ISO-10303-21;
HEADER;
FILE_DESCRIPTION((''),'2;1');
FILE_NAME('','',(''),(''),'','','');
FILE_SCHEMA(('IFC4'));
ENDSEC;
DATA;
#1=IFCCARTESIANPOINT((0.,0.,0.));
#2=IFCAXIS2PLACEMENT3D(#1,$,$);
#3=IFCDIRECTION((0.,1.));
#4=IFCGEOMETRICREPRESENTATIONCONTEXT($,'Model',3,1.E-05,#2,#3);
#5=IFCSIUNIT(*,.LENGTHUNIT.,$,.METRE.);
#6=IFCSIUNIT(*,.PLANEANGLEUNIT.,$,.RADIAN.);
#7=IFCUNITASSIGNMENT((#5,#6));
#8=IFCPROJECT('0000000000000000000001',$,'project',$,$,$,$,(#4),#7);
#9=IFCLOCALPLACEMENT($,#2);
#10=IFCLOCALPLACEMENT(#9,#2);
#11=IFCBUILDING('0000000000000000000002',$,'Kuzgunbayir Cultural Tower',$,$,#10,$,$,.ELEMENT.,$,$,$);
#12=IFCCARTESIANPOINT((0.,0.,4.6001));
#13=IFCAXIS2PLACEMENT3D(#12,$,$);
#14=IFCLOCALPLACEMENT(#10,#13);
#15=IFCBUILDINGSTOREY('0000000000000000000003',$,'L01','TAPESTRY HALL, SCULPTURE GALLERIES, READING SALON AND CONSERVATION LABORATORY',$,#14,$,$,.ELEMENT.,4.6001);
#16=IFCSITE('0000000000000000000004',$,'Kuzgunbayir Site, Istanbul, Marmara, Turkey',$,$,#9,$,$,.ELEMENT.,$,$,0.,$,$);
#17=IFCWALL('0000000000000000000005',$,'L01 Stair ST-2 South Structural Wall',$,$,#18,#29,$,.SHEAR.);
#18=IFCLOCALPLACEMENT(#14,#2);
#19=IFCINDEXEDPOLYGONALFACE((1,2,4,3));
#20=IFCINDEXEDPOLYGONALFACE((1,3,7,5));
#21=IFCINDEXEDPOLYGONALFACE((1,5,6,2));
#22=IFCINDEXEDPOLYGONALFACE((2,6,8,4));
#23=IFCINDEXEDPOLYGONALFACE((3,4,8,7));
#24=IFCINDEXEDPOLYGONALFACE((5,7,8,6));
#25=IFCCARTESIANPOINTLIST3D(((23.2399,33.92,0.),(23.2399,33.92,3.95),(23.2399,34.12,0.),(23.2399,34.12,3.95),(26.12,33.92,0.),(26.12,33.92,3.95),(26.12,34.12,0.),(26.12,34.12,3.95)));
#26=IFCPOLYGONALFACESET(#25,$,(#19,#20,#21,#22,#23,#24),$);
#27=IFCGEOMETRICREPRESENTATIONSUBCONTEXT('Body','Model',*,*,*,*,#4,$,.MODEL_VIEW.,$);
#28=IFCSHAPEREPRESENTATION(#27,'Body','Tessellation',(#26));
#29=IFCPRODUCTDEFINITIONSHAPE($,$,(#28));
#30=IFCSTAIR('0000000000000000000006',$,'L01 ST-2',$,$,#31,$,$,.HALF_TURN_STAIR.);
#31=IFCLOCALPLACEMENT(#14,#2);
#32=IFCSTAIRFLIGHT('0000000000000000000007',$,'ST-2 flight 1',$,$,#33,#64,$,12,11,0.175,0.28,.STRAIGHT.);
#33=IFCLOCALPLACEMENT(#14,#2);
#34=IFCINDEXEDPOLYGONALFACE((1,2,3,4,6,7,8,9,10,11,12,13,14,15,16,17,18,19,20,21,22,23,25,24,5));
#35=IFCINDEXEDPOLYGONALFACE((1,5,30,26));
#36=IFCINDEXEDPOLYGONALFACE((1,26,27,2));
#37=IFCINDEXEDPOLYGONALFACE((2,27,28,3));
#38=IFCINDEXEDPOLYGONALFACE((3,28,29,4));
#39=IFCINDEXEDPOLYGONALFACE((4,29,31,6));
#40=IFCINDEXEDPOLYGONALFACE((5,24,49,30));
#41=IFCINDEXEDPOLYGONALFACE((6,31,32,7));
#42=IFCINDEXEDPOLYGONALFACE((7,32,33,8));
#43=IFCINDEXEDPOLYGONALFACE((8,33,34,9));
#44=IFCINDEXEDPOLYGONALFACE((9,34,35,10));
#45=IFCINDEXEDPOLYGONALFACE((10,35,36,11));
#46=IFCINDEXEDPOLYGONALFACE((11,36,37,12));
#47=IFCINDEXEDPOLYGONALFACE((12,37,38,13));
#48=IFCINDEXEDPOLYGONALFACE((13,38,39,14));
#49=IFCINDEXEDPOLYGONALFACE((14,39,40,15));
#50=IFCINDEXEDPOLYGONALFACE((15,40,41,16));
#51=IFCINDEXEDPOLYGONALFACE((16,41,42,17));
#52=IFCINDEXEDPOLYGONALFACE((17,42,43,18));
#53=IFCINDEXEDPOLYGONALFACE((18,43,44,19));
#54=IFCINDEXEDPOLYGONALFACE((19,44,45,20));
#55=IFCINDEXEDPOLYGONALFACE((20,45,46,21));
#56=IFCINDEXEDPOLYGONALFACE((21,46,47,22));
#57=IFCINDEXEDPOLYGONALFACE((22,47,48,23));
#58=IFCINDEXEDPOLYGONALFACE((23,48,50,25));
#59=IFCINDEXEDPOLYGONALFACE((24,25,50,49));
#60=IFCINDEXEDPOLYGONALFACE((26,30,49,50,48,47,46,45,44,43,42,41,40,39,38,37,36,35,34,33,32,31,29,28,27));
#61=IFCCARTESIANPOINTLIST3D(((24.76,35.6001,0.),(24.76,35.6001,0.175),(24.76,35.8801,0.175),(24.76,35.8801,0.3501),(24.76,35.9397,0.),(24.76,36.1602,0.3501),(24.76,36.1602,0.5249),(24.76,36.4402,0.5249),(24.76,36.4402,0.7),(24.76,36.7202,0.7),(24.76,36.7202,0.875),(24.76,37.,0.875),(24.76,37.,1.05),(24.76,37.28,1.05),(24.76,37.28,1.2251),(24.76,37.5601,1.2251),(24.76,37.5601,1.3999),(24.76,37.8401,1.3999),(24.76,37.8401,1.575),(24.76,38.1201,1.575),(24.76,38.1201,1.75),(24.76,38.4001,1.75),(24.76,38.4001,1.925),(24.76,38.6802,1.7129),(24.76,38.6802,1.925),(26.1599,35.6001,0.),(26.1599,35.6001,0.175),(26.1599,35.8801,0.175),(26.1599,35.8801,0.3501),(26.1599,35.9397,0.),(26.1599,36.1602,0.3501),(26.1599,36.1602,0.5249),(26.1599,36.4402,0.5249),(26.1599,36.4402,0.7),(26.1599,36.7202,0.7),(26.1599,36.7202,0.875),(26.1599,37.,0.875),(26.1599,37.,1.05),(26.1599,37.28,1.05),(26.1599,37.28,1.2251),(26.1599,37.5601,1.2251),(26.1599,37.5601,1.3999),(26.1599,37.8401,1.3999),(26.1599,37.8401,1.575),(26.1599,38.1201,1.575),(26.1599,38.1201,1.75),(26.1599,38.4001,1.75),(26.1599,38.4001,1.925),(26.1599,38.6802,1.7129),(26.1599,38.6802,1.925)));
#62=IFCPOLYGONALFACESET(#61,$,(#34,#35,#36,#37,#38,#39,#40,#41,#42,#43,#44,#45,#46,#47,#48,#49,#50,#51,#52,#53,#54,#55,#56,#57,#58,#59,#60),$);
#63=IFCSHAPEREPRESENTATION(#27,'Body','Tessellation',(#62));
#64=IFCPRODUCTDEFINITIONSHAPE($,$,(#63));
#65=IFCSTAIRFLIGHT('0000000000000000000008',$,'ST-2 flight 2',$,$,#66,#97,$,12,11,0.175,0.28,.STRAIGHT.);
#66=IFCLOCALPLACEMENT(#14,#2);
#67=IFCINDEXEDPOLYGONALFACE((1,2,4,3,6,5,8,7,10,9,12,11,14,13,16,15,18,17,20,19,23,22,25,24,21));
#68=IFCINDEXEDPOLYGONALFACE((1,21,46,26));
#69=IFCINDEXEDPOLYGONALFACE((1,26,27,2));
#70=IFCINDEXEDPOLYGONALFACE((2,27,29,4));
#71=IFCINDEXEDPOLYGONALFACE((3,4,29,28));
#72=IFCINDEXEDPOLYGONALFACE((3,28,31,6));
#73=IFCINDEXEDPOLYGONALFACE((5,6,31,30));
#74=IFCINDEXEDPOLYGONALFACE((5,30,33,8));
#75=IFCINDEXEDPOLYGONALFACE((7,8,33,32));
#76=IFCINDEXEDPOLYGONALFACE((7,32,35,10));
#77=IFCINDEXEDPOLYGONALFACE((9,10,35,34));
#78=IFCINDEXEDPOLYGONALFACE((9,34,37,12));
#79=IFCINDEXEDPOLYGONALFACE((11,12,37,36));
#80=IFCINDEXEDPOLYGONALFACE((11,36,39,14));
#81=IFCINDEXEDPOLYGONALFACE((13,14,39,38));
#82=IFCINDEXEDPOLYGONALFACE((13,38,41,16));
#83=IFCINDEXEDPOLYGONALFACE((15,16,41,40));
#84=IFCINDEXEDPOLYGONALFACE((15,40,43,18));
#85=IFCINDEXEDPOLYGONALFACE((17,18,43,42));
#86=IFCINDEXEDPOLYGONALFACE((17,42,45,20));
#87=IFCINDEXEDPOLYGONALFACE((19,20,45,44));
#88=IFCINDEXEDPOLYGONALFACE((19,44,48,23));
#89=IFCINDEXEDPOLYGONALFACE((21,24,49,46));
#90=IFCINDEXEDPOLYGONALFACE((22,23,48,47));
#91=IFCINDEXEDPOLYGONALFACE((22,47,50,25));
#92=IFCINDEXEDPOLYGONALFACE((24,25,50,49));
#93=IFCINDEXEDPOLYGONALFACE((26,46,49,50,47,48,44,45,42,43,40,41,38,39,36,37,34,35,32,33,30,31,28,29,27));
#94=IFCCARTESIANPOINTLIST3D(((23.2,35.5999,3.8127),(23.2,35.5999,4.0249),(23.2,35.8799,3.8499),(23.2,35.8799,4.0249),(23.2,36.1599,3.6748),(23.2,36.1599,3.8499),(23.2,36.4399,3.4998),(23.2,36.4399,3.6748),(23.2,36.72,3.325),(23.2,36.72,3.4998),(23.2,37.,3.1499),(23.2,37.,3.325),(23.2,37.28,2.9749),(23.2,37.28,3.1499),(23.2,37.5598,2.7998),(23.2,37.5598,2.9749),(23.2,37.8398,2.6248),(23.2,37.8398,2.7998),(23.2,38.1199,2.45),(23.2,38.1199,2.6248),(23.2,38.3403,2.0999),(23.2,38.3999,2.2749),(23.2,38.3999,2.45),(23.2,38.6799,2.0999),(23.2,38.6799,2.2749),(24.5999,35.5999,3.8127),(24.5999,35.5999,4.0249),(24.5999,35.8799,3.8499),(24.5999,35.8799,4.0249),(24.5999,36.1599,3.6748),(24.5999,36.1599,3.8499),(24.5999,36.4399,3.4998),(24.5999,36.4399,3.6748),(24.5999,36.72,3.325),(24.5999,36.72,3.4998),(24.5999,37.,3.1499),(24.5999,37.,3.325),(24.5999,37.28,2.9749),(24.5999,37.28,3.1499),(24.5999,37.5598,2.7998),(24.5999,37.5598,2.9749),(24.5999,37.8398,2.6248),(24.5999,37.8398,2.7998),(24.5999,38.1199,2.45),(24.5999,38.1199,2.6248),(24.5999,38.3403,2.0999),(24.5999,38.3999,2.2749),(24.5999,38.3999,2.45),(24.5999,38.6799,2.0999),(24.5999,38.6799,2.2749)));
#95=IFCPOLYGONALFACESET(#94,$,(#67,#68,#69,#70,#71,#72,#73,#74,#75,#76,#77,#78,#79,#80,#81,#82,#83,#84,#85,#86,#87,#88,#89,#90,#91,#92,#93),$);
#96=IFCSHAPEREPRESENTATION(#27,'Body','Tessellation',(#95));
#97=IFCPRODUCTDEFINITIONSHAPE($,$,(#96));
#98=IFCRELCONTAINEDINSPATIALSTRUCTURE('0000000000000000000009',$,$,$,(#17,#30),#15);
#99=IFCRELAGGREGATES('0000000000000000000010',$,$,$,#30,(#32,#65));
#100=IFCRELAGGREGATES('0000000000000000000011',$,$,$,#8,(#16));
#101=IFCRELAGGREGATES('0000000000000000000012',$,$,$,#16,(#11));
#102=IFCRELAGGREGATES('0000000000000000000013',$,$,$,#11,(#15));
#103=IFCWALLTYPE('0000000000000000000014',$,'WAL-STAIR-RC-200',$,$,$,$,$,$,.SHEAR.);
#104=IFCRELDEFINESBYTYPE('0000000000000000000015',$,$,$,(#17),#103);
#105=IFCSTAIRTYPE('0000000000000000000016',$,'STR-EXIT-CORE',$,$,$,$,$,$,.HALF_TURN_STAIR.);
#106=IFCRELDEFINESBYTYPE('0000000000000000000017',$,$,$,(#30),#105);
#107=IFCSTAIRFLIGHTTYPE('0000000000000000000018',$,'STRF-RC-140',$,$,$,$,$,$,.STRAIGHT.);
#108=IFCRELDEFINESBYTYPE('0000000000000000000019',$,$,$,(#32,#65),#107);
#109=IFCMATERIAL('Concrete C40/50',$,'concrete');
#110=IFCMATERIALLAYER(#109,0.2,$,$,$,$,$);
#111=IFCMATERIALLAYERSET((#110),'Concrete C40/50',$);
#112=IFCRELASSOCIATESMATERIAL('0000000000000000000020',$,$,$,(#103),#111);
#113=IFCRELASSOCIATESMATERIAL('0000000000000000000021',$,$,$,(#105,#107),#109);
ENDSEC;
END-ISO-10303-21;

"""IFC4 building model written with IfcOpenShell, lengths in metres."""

from ifc_helpers import new_model, si_unit, direction, frame, frame_2d, origin, place, context, subcontext, project, spatial, polyline, rectangle, outline, extrude, material, layer, layer_set, type_object, element, aggregate, save


model = new_model("IFC4")

# Units and contexts
model_context = context("Model", 3, precision=1e-05, world=origin(), true_north=direction((0.0, 1.0)))
body_context = subcontext(model_context, "Body", "Model", "MODEL_VIEW")
ifc_project = project(units=[si_unit("LENGTHUNIT", "METRE"), si_unit("PLANEANGLEUNIT", "RADIAN")], contexts=[model_context])

# Site, building, storey
site_placement = place(None, origin())
site = spatial("IfcSite", under=ifc_project, at=site_placement, Name="Kuzgunbayir Site, Istanbul, Marmara, Turkey", CompositionType="ELEMENT", RefElevation=0.0)
building_placement = place(site_placement, origin())
building = spatial("IfcBuilding", under=site, at=building_placement, Name="Kuzgunbayir Cultural Tower", CompositionType="ELEMENT")
storey_placement = place(building_placement, frame((0.0, 0.0, 4.6001)))
storey = spatial("IfcBuildingStorey", under=building, at=storey_placement, Name="L01", Description="TAPESTRY HALL, SCULPTURE GALLERIES, READING SALON AND CONSERVATION LABORATORY", CompositionType="ELEMENT", Elevation=4.6001)

# Shared definitions
ifc_material_1 = material(Name="Concrete C40/50", Category="concrete")

# Shared definitions
ifc_layer_1 = layer(ifc_material_1, 0.2)
ifc_layer_set_1 = layer_set([ifc_layer_1], Name="Concrete C40/50")
wall_type_1 = type_object("IfcWallType", Name="WAL-STAIR-RC-200", PredefinedType="SHEAR", material=ifc_layer_set_1)

# Wall
wall_1_placement = place(storey_placement, frame((23.24, 34.02, 0.0), z_axis=(0.0, 0.0, 1.0), x_axis=(1.0, 0.0, 0.0)))
element("IfcWall", 1, at=wall_1_placement, inside=storey, type_object=wall_type_1, Name="L01 Stair ST-2 South Structural Wall", PredefinedType="SHEAR", context=body_context, shape_type="SweptSolid", body=[
    extrude(rectangle(XDim=2.8801, YDim=0.2, at=frame_2d((1.4399, 0.0))), origin(), (0.0, 0.0, 1.0), 3.95),
])

# Stair, stair flights
stair_type = type_object("IfcStairType", Name="STR-EXIT-CORE", PredefinedType="HALF_TURN_STAIR", material=ifc_material_1)
stair_placement = place(storey_placement, origin())
stair = element("IfcStair", 2, at=stair_placement, inside=storey, type_object=stair_type, Name="L01 ST-2", PredefinedType="HALF_TURN_STAIR")
stair_flight_type = type_object("IfcStairFlightType", Name="STRF-RC-140", PredefinedType="STRAIGHT", material=ifc_material_1)
stair_flight_1_placement = place(storey_placement, frame((25.46, 35.6001, 0.0), z_axis=(0.0, 0.0, 1.0), x_axis=(0.0, 1.0, 0.0)))
stair_flight_1 = element("IfcStairFlight", 3, at=stair_flight_1_placement, type_object=stair_flight_type, Name="ST-2 flight 1", NumberOfRisers=12, NumberOfTreads=11, PredefinedType="STRAIGHT", RiserHeight=0.175, TreadLength=0.28, context=body_context, shape_type="SweptSolid", body=[
    extrude(outline(polyline([(0.0, 0.0), (0.0, 0.175), (0.28, 0.175), (0.28, 0.3501), (0.5601, 0.3501), (0.5601, 0.5249), (0.8401, 0.5249), (0.8401, 0.7), (1.1201, 0.7), (1.1201, 0.875), (1.3999, 0.875), (1.3999, 1.05), (1.6799, 1.05), (1.6799, 1.2251), (1.96, 1.2251), (1.96, 1.3999), (2.24, 1.3999), (2.24, 1.575), (2.52, 1.575), (2.52, 1.75), (2.8, 1.75), (2.8, 1.925), (3.0801, 1.925), (3.0801, 2.1001), (3.0801, 1.7129), (0.3396, 0.0), (0.0, 0.0)])), frame((0.0, 0.7, 0.0), z_axis=(0.0, -1.0, 0.0), x_axis=(1.0, 0.0, 0.0)), (0.0, 0.0, 1.0), 1.3999),
])
stair_flight_2_placement = place(storey_placement, frame((23.8999, 38.6799, 2.0999), z_axis=(0.0, 0.0, 1.0), x_axis=(0.0, -1.0, 0.0)))
stair_flight_2 = element("IfcStairFlight", 4, at=stair_flight_2_placement, type_object=stair_flight_type, Name="ST-2 flight 2", NumberOfRisers=12, NumberOfTreads=11, PredefinedType="STRAIGHT", RiserHeight=0.175, TreadLength=0.28, context=body_context, shape_type="SweptSolid", body=[
    extrude(outline(polyline([(0.0, 0.0), (0.0, 0.175), (0.28, 0.175), (0.28, 0.3501), (0.5601, 0.3501), (0.5601, 0.5249), (0.8401, 0.5249), (0.8401, 0.7), (1.1201, 0.7), (1.1201, 0.875), (1.3999, 0.875), (1.3999, 1.05), (1.6799, 1.05), (1.6799, 1.2251), (1.96, 1.2251), (1.96, 1.3999), (2.24, 1.3999), (2.24, 1.575), (2.52, 1.575), (2.52, 1.75), (2.8, 1.75), (2.8, 1.925), (3.0801, 1.925), (3.0801, 2.1001), (3.0801, 1.7129), (0.3396, 0.0), (0.0, 0.0)])), frame((0.0, 0.7, 0.0), z_axis=(0.0, -1.0, 0.0), x_axis=(1.0, 0.0, 0.0)), (0.0, 0.0, 1.0), 1.3999),
])
aggregate(stair, [stair_flight_1, stair_flight_2])

save(model, "model.ifc")
